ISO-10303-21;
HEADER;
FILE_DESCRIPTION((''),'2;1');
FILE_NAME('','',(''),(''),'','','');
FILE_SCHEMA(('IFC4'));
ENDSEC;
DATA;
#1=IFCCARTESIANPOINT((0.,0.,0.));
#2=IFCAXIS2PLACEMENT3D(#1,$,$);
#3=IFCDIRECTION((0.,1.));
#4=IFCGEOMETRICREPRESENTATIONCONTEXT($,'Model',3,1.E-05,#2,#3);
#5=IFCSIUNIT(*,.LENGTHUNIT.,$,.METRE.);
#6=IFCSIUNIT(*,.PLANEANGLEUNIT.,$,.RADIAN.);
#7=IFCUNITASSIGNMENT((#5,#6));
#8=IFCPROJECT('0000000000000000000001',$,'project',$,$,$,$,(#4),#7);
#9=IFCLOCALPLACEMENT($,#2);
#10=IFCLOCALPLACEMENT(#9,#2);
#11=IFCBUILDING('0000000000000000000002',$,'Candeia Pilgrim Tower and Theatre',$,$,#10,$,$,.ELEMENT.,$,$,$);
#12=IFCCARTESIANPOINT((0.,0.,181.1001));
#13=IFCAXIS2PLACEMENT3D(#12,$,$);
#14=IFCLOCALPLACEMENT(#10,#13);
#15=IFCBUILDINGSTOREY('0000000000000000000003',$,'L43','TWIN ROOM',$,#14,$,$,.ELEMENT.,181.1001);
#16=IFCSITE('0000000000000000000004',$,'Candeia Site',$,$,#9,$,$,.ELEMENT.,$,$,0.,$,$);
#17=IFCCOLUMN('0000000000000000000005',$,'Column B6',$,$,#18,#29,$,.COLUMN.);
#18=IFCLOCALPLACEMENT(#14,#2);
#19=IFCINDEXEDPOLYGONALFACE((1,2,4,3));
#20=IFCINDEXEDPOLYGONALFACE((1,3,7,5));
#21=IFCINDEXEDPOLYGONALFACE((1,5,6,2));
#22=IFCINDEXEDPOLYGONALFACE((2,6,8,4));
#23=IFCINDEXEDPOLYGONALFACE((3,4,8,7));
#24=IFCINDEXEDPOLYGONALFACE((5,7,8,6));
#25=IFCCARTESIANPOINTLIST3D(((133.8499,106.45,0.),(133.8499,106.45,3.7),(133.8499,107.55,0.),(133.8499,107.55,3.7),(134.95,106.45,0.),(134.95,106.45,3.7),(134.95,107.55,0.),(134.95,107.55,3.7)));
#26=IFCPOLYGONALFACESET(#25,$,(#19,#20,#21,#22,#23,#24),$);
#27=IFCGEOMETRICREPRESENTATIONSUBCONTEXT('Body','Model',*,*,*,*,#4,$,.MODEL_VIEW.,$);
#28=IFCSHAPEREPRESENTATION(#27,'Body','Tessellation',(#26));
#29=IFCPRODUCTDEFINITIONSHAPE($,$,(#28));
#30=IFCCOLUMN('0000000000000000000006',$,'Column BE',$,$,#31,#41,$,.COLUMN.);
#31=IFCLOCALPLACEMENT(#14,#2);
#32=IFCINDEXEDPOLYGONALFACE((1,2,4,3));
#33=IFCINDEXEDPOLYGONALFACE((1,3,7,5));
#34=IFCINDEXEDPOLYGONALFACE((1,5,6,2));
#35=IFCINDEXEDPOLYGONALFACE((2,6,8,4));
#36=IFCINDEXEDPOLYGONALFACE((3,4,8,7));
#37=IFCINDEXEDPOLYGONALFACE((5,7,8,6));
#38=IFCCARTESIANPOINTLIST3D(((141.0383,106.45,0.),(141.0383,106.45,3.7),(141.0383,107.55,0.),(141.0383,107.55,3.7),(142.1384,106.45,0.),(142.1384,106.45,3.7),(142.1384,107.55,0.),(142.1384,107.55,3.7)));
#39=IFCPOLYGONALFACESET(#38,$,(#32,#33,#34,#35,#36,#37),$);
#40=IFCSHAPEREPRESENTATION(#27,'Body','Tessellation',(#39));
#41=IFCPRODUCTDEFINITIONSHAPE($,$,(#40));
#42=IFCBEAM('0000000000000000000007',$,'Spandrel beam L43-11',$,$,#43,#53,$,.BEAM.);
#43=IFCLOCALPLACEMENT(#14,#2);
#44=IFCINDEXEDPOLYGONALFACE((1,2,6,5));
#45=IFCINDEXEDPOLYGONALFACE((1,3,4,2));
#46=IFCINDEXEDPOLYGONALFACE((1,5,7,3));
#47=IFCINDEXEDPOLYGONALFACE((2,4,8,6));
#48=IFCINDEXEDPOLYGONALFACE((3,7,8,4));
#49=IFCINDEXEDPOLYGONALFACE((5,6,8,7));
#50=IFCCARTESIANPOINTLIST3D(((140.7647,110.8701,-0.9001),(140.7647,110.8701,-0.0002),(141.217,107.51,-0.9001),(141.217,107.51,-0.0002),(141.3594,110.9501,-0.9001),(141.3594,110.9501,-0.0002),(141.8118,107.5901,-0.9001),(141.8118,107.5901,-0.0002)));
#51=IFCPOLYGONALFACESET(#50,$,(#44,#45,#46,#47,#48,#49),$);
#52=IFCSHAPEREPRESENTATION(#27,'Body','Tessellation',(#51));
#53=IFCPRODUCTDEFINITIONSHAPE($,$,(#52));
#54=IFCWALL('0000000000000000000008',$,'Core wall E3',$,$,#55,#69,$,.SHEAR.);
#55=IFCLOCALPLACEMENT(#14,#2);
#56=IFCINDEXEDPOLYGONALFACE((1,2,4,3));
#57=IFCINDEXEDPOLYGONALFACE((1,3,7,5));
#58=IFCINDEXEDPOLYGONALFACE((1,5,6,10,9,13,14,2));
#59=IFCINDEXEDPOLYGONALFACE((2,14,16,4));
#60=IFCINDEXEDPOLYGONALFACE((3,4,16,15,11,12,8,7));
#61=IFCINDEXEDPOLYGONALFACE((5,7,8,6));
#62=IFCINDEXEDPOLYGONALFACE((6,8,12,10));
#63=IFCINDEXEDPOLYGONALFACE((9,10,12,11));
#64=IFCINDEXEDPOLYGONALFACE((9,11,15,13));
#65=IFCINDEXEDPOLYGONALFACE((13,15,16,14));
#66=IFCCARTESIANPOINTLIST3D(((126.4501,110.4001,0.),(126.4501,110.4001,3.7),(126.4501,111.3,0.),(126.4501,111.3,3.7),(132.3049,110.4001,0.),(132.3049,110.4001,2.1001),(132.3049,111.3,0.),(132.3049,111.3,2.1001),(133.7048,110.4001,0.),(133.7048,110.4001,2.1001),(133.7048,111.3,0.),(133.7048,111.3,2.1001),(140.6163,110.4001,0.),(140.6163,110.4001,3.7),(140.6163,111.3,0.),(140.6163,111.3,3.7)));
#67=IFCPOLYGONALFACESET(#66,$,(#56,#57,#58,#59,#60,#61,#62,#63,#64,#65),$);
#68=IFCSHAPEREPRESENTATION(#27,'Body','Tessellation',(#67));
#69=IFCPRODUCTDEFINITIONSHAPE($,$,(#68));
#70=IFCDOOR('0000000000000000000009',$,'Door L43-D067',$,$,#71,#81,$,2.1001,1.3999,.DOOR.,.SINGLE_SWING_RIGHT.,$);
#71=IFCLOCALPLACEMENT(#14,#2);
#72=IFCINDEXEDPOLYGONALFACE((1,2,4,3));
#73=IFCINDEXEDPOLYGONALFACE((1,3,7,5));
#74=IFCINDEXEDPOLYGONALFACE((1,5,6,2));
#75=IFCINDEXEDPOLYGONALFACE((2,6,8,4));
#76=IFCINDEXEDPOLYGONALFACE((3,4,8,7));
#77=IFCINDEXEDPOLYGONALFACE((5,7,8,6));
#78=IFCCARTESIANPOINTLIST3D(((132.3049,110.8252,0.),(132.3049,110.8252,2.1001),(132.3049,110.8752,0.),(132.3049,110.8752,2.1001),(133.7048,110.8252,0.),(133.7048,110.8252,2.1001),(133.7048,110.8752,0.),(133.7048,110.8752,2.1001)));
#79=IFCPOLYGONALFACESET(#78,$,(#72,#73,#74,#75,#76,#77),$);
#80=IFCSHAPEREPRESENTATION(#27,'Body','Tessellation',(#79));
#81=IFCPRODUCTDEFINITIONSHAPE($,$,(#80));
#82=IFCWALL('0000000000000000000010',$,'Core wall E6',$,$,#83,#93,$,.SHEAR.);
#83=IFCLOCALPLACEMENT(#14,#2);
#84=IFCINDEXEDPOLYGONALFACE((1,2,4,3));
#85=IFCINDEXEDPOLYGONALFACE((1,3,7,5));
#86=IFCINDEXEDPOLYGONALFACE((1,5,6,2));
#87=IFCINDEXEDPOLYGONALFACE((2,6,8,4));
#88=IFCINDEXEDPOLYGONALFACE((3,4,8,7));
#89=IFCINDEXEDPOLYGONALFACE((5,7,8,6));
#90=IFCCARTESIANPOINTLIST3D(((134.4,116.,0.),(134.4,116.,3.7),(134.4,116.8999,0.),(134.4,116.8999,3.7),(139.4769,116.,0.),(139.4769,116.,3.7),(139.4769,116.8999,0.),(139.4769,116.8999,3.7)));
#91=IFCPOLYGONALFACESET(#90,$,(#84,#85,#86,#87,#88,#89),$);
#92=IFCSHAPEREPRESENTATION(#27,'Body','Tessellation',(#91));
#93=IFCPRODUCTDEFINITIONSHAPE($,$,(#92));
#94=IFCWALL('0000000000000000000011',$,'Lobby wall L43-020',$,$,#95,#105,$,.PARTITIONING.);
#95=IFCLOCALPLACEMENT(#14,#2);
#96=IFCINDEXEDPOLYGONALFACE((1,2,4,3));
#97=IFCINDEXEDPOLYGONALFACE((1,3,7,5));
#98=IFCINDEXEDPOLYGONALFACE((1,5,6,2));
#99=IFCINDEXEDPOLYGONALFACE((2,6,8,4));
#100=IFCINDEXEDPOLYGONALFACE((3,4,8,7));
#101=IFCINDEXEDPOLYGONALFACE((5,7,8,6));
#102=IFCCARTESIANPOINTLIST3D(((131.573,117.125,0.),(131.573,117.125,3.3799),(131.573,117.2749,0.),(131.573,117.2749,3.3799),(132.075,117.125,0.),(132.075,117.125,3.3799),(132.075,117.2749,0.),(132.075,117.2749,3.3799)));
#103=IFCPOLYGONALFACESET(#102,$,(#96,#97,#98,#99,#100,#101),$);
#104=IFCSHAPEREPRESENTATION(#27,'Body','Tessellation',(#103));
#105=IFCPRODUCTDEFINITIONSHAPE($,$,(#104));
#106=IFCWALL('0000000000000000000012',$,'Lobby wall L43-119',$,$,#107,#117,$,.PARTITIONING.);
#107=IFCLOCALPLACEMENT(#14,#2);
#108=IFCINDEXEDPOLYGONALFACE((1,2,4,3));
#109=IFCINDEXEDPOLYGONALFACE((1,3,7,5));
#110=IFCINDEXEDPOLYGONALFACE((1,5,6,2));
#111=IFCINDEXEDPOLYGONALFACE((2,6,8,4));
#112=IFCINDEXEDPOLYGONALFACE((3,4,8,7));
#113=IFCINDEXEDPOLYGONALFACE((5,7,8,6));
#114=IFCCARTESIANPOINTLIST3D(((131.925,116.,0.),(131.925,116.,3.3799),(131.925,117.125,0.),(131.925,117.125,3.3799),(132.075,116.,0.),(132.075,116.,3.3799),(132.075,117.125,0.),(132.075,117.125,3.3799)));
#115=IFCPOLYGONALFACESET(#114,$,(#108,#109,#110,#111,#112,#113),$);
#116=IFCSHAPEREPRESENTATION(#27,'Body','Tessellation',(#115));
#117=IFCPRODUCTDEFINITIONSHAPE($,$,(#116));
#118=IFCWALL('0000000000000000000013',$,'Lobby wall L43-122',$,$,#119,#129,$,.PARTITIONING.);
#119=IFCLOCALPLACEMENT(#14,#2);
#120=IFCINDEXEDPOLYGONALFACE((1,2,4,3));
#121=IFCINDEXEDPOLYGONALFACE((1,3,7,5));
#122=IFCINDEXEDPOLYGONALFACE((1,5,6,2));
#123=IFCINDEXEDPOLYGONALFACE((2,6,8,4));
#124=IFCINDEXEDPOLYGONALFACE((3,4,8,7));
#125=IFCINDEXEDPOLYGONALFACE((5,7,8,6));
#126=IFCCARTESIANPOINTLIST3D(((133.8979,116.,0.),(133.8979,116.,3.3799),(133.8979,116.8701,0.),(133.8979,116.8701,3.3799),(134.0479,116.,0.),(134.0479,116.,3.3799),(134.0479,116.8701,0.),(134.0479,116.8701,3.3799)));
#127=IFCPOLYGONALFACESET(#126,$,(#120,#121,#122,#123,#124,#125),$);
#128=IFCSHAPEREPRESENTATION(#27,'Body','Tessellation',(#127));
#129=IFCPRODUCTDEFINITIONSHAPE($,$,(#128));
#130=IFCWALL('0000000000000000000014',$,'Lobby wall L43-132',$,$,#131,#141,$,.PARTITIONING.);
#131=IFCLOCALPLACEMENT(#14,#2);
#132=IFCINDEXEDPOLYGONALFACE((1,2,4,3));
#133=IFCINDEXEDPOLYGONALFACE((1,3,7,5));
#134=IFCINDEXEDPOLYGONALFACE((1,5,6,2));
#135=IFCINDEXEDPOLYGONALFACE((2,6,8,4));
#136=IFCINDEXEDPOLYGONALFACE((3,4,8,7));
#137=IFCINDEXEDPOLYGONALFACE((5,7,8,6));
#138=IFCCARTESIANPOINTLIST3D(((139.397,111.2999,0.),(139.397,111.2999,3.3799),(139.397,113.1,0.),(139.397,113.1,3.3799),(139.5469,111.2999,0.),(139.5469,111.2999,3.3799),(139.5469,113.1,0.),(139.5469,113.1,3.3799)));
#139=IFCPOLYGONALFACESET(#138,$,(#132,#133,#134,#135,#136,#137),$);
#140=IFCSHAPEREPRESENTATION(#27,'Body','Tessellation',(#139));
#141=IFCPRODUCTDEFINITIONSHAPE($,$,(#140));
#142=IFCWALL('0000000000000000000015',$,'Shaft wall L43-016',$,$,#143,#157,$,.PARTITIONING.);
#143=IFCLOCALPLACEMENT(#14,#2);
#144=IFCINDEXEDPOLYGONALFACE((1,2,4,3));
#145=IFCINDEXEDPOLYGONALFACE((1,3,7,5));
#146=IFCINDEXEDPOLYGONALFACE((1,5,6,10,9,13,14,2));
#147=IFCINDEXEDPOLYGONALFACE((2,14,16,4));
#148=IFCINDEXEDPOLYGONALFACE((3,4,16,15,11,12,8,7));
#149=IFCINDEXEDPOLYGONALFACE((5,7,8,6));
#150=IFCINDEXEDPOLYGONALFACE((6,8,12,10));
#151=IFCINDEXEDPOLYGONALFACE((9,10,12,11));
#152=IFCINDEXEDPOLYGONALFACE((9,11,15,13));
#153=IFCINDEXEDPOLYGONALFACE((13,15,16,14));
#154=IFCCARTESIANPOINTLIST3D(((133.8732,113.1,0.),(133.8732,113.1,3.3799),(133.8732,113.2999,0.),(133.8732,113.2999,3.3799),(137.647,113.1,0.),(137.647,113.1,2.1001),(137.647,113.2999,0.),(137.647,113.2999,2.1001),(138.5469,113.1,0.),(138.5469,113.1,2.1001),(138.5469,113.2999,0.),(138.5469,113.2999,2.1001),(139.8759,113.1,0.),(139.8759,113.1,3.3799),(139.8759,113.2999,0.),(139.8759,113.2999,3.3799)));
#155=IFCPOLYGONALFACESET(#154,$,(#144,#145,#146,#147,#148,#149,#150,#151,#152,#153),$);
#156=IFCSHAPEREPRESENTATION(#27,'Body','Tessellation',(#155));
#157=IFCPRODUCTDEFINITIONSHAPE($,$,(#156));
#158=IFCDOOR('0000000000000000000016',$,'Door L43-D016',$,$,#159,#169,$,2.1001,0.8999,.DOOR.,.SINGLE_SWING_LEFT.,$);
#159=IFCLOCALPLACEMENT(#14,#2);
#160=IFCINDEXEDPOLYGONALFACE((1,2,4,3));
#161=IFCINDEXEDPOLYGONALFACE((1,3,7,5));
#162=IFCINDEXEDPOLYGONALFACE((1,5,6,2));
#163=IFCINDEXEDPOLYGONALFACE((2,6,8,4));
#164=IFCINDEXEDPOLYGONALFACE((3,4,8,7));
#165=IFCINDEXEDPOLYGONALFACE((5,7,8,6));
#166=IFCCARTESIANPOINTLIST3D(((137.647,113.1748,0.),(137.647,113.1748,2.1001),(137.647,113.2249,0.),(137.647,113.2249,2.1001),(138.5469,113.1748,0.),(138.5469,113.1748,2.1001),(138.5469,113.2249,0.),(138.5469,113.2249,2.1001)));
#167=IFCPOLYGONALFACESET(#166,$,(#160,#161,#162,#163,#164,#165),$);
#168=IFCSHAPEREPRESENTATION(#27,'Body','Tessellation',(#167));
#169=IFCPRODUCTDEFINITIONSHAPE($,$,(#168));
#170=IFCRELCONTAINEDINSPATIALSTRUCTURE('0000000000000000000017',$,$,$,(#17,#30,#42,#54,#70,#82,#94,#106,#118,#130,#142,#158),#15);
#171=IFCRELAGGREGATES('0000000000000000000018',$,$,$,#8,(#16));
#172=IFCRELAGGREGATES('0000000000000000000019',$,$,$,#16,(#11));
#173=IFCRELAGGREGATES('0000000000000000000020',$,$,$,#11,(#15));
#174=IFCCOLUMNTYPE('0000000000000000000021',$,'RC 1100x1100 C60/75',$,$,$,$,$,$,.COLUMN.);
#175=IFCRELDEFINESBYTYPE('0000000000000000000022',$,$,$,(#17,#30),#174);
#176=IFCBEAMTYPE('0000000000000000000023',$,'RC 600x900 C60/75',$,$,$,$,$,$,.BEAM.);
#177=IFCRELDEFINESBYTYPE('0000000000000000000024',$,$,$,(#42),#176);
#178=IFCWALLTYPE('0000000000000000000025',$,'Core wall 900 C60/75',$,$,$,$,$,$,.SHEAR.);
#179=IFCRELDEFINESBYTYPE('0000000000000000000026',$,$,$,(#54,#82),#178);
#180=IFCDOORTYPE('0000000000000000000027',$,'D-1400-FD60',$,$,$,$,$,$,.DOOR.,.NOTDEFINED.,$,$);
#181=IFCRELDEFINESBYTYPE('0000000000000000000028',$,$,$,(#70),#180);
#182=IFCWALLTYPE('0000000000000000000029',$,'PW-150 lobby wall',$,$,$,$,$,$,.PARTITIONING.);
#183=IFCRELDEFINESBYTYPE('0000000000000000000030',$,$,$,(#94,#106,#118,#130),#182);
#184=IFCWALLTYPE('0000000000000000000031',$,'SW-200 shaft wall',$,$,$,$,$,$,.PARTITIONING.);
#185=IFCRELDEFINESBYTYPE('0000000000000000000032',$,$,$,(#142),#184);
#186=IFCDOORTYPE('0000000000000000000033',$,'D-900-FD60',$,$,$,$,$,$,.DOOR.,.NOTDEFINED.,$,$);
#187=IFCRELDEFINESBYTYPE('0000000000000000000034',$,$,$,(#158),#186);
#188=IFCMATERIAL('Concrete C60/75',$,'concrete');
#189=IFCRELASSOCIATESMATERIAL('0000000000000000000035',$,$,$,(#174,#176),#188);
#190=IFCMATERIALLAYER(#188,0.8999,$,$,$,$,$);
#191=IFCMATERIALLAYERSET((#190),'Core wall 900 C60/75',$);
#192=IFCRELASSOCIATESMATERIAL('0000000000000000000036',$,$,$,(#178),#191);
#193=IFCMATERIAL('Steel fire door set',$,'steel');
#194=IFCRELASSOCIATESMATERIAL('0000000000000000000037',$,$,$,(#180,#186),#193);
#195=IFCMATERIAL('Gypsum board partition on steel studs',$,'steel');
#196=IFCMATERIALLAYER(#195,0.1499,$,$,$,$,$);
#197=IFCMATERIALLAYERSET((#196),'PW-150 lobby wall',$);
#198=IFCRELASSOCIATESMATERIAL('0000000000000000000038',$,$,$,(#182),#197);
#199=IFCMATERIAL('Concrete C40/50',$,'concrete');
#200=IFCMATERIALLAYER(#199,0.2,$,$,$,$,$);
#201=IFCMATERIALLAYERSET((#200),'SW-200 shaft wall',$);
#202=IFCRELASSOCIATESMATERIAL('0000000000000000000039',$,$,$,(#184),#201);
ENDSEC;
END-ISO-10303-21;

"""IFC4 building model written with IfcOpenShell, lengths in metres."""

from ifc_helpers import new_model, si_unit, direction, frame, frame_2d, origin, origin_2d, place, context, subcontext, project, spatial, rectangle, extrude, material, layer, layer_set, material_profile, profile_set, type_object, element, fill, save


model = new_model("IFC4")

# Units and contexts
model_context = context("Model", 3, precision=1e-05, world=origin(), true_north=direction((0.0, 1.0)))
body_context = subcontext(model_context, "Body", "Model", "MODEL_VIEW")
ifc_project = project(units=[si_unit("LENGTHUNIT", "METRE"), si_unit("PLANEANGLEUNIT", "RADIAN")], contexts=[model_context])

# Site, building, storey
site_placement = place(None, origin())
site = spatial("IfcSite", under=ifc_project, at=site_placement, Name="Candeia Site", CompositionType="ELEMENT", RefElevation=0.0)
building_placement = place(site_placement, origin())
building = spatial("IfcBuilding", under=site, at=building_placement, Name="Candeia Pilgrim Tower and Theatre", CompositionType="ELEMENT")
storey_placement = place(building_placement, frame((0.0, 0.0, 181.1001)))
storey = spatial("IfcBuildingStorey", under=building, at=storey_placement, Name="L43", Description="TWIN ROOM", CompositionType="ELEMENT", Elevation=181.1001)

# Columns
ifc_material_1 = material(Name="Concrete C60/75", Category="concrete")
ifc_material_profile_1 = material_profile(ifc_material_1, rectangle(XDim=1.1001, YDim=1.1001, at=origin_2d()))
ifc_profile_set_1 = profile_set([ifc_material_profile_1], Name="Concrete C60/75")
column_type = type_object("IfcColumnType", Name="RC 1100x1100 C60/75", PredefinedType="COLUMN", material=ifc_profile_set_1)
for number, where, z_axis, x_axis, name in (
    (1, (134.3999, 107.0, 0.0), (0.0, 0.0, 1.0), (1.0, 0.0, 0.0), "Column B6"),
    (2, (141.5884, 107.0, 0.0), (0.0, 0.0, 1.0), (1.0, 0.0, 0.0), "Column BE"),
):
    element("IfcColumn", number, at=place(storey_placement, frame(where, z_axis=z_axis, x_axis=x_axis)), inside=storey, type_object=column_type, Name=name, PredefinedType="COLUMN", context=body_context, shape_type="SweptSolid", body=[
        extrude(rectangle(XDim=1.1001, YDim=1.1001, at=origin_2d()), origin(), (0.0, 0.0, 1.0), 3.7),
    ])

# Beam
ifc_material_profile_2 = material_profile(ifc_material_1, rectangle(XDim=0.6001, YDim=0.8999, at=origin_2d()))
ifc_profile_set_2 = profile_set([ifc_material_profile_2], Name="Concrete C60/75")
beam_type = type_object("IfcBeamType", Name="RC 600x900 C60/75", PredefinedType="BEAM", material=ifc_profile_set_2)
beam_placement = place(storey_placement, frame((141.5144, 107.55, -0.4502), z_axis=(-0.133432, 0.991058, 0.0), x_axis=(-0.991058, -0.133432, 0.0)))
element("IfcBeam", 3, at=beam_placement, inside=storey, type_object=beam_type, Name="Spandrel beam L43-11", PredefinedType="BEAM", context=body_context, shape_type="SweptSolid", body=[
    extrude(rectangle(XDim=0.6001, YDim=0.8999, at=origin_2d()), origin(), (0.0, 0.0, 1.0), 3.3904),
])

# Wall, opening, door
ifc_layer_1 = layer(ifc_material_1, 0.8999)
ifc_layer_set_1 = layer_set([ifc_layer_1], Name="Core wall 900 C60/75")
wall_type_1 = type_object("IfcWallType", Name="Core wall 900 C60/75", PredefinedType="SHEAR", material=ifc_layer_set_1)
wall_1_placement = place(storey_placement, frame((140.6162, 110.8501, 0.0), z_axis=(0.0, 0.0, 1.0), x_axis=(-1.0, 0.0, 0.0)))
wall_1 = element("IfcWall", 4, at=wall_1_placement, inside=storey, type_object=wall_type_1, Name="Core wall E3", PredefinedType="SHEAR", context=body_context, shape_type="SweptSolid", body=[
    extrude(rectangle(XDim=14.1663, YDim=0.8999, at=frame_2d((7.083, 0.0))), origin(), (0.0, 0.0, 1.0), 3.7),
])
opening_1_placement = place(wall_1_placement, frame((6.9114, 0.0, 0.0)))
opening_1 = element("IfcOpeningElement", 5, at=opening_1_placement, cuts=wall_1, PredefinedType="OPENING", context=body_context, shape_type="SweptSolid", body=[
    extrude(rectangle(XDim=1.3999, YDim=2.1001, at=frame_2d((0.7, 1.05))), frame((0.0, 0.46, 0.0), z_axis=(0.0, -1.0, 0.0), x_axis=(1.0, 0.0, 0.0)), (0.0, 0.0, 1.0), 0.9199),
])
ifc_material_2 = material(Name="Steel fire door set", Category="steel")
door_type_1 = type_object("IfcDoorType", Name="D-1400-FD60", OperationType="NOTDEFINED", PredefinedType="DOOR", material=ifc_material_2)
door_1_placement = place(opening_1_placement, origin())
door_1 = element("IfcDoor", 6, at=door_1_placement, inside=storey, type_object=door_type_1, Name="Door L43-D067", OperationType="SINGLE_SWING_RIGHT", OverallHeight=2.1001, OverallWidth=1.3999, PredefinedType="DOOR", context=body_context, shape_type="SweptSolid", body=[
    extrude(rectangle(XDim=1.3999, YDim=2.1001, at=frame_2d((0.7, 1.05))), frame((0.0, 0.0249, 0.0), z_axis=(0.0, -1.0, 0.0), x_axis=(1.0, 0.0, 0.0)), (0.0, 0.0, 1.0), 0.05),
])
fill(opening_1, door_1)

# Walls
wall_2_placement = place(storey_placement, frame((134.3999, 116.45, 0.0), z_axis=(0.0, 0.0, 1.0), x_axis=(1.0, 0.0, 0.0)))
element("IfcWall", 7, at=wall_2_placement, inside=storey, type_object=wall_type_1, Name="Core wall E6", PredefinedType="SHEAR", context=body_context, shape_type="SweptSolid", body=[
    extrude(rectangle(XDim=5.0769, YDim=0.8999, at=frame_2d((2.5386, 0.0))), origin(), (0.0, 0.0, 1.0), 3.7),
])
ifc_material_3 = material(Name="Gypsum board partition on steel studs", Category="steel")
ifc_layer_2 = layer(ifc_material_3, 0.1499)
ifc_layer_set_2 = layer_set([ifc_layer_2], Name="PW-150 lobby wall")
wall_type_2 = type_object("IfcWallType", Name="PW-150 lobby wall", PredefinedType="PARTITIONING", material=ifc_layer_set_2)
wall_3_placement = place(storey_placement, frame((131.573, 117.2, 0.0), z_axis=(0.0, 0.0, 1.0), x_axis=(1.0, 0.0, 0.0)))
element("IfcWall", 8, at=wall_3_placement, inside=storey, type_object=wall_type_2, Name="Lobby wall L43-020", PredefinedType="PARTITIONING", context=body_context, shape_type="SweptSolid", body=[
    extrude(rectangle(XDim=0.502, YDim=0.1499, at=frame_2d((0.251, 0.0))), origin(), (0.0, 0.0, 1.0), 3.3799),
])
wall_4_placement = place(storey_placement, frame((132.0, 116.0, 0.0), z_axis=(0.0, 0.0, 1.0), x_axis=(0.0, 1.0, 0.0)))
element("IfcWall", 9, at=wall_4_placement, inside=storey, type_object=wall_type_2, Name="Lobby wall L43-119", PredefinedType="PARTITIONING", context=body_context, shape_type="SweptSolid", body=[
    extrude(rectangle(XDim=1.125, YDim=0.1499, at=frame_2d((0.5625, 0.0))), origin(), (0.0, 0.0, 1.0), 3.3799),
])
wall_5_placement = place(storey_placement, frame((133.9729, 116.0, 0.0), z_axis=(0.0, 0.0, 1.0), x_axis=(0.0, 1.0, 0.0)))
element("IfcWall", 10, at=wall_5_placement, inside=storey, type_object=wall_type_2, Name="Lobby wall L43-122", PredefinedType="PARTITIONING", context=body_context, shape_type="SweptSolid", body=[
    extrude(rectangle(XDim=0.8701, YDim=0.1499, at=frame_2d((0.4351, 0.0))), origin(), (0.0, 0.0, 1.0), 3.3799),
])
wall_6_placement = place(storey_placement, frame((139.4719, 111.3, 0.0), z_axis=(0.0, 0.0, 1.0), x_axis=(0.0, 1.0, 0.0)))
element("IfcWall", 11, at=wall_6_placement, inside=storey, type_object=wall_type_2, Name="Lobby wall L43-132", PredefinedType="PARTITIONING", context=body_context, shape_type="SweptSolid", body=[
    extrude(rectangle(XDim=1.8, YDim=0.1499, at=frame_2d((0.8999, 0.0))), origin(), (0.0, 0.0, 1.0), 3.3799),
])

# Wall, opening, door
ifc_material_4 = material(Name="Concrete C40/50", Category="concrete")
ifc_layer_3 = layer(ifc_material_4, 0.2)
ifc_layer_set_3 = layer_set([ifc_layer_3], Name="SW-200 shaft wall")
wall_type_3 = type_object("IfcWallType", Name="SW-200 shaft wall", PredefinedType="PARTITIONING", material=ifc_layer_set_3)
wall_7_placement = place(storey_placement, frame((133.873, 113.2, 0.0), z_axis=(0.0, 0.0, 1.0), x_axis=(1.0, 0.0, 0.0)))
wall_7 = element("IfcWall", 12, at=wall_7_placement, inside=storey, type_object=wall_type_3, Name="Shaft wall L43-016", PredefinedType="PARTITIONING", context=body_context, shape_type="SweptSolid", body=[
    extrude(rectangle(XDim=6.0027, YDim=0.2, at=frame_2d((3.0015, 0.0))), origin(), (0.0, 0.0, 1.0), 3.3799),
])
opening_2_placement = place(wall_7_placement, frame((3.7739, 0.0, 0.0)))
opening_2 = element("IfcOpeningElement", 13, at=opening_2_placement, cuts=wall_7, PredefinedType="OPENING", context=body_context, shape_type="SweptSolid", body=[
    extrude(rectangle(XDim=0.8999, YDim=2.1001, at=frame_2d((0.45, 1.05))), frame((0.0, 0.1099, 0.0), z_axis=(0.0, -1.0, 0.0), x_axis=(1.0, 0.0, 0.0)), (0.0, 0.0, 1.0), 0.22),
])
door_type_2 = type_object("IfcDoorType", Name="D-900-FD60", OperationType="NOTDEFINED", PredefinedType="DOOR", material=ifc_material_2)
door_2_placement = place(opening_2_placement, origin())
door_2 = element("IfcDoor", 14, at=door_2_placement, inside=storey, type_object=door_type_2, Name="Door L43-D016", OperationType="SINGLE_SWING_LEFT", OverallHeight=2.1001, OverallWidth=0.8999, PredefinedType="DOOR", context=body_context, shape_type="SweptSolid", body=[
    extrude(rectangle(XDim=0.8999, YDim=2.1001, at=frame_2d((0.45, 1.05))), frame((0.0, 0.0249, 0.0), z_axis=(0.0, -1.0, 0.0), x_axis=(1.0, 0.0, 0.0)), (0.0, 0.0, 1.0), 0.05),
])
fill(opening_2, door_2)

save(model, "model.ifc")
